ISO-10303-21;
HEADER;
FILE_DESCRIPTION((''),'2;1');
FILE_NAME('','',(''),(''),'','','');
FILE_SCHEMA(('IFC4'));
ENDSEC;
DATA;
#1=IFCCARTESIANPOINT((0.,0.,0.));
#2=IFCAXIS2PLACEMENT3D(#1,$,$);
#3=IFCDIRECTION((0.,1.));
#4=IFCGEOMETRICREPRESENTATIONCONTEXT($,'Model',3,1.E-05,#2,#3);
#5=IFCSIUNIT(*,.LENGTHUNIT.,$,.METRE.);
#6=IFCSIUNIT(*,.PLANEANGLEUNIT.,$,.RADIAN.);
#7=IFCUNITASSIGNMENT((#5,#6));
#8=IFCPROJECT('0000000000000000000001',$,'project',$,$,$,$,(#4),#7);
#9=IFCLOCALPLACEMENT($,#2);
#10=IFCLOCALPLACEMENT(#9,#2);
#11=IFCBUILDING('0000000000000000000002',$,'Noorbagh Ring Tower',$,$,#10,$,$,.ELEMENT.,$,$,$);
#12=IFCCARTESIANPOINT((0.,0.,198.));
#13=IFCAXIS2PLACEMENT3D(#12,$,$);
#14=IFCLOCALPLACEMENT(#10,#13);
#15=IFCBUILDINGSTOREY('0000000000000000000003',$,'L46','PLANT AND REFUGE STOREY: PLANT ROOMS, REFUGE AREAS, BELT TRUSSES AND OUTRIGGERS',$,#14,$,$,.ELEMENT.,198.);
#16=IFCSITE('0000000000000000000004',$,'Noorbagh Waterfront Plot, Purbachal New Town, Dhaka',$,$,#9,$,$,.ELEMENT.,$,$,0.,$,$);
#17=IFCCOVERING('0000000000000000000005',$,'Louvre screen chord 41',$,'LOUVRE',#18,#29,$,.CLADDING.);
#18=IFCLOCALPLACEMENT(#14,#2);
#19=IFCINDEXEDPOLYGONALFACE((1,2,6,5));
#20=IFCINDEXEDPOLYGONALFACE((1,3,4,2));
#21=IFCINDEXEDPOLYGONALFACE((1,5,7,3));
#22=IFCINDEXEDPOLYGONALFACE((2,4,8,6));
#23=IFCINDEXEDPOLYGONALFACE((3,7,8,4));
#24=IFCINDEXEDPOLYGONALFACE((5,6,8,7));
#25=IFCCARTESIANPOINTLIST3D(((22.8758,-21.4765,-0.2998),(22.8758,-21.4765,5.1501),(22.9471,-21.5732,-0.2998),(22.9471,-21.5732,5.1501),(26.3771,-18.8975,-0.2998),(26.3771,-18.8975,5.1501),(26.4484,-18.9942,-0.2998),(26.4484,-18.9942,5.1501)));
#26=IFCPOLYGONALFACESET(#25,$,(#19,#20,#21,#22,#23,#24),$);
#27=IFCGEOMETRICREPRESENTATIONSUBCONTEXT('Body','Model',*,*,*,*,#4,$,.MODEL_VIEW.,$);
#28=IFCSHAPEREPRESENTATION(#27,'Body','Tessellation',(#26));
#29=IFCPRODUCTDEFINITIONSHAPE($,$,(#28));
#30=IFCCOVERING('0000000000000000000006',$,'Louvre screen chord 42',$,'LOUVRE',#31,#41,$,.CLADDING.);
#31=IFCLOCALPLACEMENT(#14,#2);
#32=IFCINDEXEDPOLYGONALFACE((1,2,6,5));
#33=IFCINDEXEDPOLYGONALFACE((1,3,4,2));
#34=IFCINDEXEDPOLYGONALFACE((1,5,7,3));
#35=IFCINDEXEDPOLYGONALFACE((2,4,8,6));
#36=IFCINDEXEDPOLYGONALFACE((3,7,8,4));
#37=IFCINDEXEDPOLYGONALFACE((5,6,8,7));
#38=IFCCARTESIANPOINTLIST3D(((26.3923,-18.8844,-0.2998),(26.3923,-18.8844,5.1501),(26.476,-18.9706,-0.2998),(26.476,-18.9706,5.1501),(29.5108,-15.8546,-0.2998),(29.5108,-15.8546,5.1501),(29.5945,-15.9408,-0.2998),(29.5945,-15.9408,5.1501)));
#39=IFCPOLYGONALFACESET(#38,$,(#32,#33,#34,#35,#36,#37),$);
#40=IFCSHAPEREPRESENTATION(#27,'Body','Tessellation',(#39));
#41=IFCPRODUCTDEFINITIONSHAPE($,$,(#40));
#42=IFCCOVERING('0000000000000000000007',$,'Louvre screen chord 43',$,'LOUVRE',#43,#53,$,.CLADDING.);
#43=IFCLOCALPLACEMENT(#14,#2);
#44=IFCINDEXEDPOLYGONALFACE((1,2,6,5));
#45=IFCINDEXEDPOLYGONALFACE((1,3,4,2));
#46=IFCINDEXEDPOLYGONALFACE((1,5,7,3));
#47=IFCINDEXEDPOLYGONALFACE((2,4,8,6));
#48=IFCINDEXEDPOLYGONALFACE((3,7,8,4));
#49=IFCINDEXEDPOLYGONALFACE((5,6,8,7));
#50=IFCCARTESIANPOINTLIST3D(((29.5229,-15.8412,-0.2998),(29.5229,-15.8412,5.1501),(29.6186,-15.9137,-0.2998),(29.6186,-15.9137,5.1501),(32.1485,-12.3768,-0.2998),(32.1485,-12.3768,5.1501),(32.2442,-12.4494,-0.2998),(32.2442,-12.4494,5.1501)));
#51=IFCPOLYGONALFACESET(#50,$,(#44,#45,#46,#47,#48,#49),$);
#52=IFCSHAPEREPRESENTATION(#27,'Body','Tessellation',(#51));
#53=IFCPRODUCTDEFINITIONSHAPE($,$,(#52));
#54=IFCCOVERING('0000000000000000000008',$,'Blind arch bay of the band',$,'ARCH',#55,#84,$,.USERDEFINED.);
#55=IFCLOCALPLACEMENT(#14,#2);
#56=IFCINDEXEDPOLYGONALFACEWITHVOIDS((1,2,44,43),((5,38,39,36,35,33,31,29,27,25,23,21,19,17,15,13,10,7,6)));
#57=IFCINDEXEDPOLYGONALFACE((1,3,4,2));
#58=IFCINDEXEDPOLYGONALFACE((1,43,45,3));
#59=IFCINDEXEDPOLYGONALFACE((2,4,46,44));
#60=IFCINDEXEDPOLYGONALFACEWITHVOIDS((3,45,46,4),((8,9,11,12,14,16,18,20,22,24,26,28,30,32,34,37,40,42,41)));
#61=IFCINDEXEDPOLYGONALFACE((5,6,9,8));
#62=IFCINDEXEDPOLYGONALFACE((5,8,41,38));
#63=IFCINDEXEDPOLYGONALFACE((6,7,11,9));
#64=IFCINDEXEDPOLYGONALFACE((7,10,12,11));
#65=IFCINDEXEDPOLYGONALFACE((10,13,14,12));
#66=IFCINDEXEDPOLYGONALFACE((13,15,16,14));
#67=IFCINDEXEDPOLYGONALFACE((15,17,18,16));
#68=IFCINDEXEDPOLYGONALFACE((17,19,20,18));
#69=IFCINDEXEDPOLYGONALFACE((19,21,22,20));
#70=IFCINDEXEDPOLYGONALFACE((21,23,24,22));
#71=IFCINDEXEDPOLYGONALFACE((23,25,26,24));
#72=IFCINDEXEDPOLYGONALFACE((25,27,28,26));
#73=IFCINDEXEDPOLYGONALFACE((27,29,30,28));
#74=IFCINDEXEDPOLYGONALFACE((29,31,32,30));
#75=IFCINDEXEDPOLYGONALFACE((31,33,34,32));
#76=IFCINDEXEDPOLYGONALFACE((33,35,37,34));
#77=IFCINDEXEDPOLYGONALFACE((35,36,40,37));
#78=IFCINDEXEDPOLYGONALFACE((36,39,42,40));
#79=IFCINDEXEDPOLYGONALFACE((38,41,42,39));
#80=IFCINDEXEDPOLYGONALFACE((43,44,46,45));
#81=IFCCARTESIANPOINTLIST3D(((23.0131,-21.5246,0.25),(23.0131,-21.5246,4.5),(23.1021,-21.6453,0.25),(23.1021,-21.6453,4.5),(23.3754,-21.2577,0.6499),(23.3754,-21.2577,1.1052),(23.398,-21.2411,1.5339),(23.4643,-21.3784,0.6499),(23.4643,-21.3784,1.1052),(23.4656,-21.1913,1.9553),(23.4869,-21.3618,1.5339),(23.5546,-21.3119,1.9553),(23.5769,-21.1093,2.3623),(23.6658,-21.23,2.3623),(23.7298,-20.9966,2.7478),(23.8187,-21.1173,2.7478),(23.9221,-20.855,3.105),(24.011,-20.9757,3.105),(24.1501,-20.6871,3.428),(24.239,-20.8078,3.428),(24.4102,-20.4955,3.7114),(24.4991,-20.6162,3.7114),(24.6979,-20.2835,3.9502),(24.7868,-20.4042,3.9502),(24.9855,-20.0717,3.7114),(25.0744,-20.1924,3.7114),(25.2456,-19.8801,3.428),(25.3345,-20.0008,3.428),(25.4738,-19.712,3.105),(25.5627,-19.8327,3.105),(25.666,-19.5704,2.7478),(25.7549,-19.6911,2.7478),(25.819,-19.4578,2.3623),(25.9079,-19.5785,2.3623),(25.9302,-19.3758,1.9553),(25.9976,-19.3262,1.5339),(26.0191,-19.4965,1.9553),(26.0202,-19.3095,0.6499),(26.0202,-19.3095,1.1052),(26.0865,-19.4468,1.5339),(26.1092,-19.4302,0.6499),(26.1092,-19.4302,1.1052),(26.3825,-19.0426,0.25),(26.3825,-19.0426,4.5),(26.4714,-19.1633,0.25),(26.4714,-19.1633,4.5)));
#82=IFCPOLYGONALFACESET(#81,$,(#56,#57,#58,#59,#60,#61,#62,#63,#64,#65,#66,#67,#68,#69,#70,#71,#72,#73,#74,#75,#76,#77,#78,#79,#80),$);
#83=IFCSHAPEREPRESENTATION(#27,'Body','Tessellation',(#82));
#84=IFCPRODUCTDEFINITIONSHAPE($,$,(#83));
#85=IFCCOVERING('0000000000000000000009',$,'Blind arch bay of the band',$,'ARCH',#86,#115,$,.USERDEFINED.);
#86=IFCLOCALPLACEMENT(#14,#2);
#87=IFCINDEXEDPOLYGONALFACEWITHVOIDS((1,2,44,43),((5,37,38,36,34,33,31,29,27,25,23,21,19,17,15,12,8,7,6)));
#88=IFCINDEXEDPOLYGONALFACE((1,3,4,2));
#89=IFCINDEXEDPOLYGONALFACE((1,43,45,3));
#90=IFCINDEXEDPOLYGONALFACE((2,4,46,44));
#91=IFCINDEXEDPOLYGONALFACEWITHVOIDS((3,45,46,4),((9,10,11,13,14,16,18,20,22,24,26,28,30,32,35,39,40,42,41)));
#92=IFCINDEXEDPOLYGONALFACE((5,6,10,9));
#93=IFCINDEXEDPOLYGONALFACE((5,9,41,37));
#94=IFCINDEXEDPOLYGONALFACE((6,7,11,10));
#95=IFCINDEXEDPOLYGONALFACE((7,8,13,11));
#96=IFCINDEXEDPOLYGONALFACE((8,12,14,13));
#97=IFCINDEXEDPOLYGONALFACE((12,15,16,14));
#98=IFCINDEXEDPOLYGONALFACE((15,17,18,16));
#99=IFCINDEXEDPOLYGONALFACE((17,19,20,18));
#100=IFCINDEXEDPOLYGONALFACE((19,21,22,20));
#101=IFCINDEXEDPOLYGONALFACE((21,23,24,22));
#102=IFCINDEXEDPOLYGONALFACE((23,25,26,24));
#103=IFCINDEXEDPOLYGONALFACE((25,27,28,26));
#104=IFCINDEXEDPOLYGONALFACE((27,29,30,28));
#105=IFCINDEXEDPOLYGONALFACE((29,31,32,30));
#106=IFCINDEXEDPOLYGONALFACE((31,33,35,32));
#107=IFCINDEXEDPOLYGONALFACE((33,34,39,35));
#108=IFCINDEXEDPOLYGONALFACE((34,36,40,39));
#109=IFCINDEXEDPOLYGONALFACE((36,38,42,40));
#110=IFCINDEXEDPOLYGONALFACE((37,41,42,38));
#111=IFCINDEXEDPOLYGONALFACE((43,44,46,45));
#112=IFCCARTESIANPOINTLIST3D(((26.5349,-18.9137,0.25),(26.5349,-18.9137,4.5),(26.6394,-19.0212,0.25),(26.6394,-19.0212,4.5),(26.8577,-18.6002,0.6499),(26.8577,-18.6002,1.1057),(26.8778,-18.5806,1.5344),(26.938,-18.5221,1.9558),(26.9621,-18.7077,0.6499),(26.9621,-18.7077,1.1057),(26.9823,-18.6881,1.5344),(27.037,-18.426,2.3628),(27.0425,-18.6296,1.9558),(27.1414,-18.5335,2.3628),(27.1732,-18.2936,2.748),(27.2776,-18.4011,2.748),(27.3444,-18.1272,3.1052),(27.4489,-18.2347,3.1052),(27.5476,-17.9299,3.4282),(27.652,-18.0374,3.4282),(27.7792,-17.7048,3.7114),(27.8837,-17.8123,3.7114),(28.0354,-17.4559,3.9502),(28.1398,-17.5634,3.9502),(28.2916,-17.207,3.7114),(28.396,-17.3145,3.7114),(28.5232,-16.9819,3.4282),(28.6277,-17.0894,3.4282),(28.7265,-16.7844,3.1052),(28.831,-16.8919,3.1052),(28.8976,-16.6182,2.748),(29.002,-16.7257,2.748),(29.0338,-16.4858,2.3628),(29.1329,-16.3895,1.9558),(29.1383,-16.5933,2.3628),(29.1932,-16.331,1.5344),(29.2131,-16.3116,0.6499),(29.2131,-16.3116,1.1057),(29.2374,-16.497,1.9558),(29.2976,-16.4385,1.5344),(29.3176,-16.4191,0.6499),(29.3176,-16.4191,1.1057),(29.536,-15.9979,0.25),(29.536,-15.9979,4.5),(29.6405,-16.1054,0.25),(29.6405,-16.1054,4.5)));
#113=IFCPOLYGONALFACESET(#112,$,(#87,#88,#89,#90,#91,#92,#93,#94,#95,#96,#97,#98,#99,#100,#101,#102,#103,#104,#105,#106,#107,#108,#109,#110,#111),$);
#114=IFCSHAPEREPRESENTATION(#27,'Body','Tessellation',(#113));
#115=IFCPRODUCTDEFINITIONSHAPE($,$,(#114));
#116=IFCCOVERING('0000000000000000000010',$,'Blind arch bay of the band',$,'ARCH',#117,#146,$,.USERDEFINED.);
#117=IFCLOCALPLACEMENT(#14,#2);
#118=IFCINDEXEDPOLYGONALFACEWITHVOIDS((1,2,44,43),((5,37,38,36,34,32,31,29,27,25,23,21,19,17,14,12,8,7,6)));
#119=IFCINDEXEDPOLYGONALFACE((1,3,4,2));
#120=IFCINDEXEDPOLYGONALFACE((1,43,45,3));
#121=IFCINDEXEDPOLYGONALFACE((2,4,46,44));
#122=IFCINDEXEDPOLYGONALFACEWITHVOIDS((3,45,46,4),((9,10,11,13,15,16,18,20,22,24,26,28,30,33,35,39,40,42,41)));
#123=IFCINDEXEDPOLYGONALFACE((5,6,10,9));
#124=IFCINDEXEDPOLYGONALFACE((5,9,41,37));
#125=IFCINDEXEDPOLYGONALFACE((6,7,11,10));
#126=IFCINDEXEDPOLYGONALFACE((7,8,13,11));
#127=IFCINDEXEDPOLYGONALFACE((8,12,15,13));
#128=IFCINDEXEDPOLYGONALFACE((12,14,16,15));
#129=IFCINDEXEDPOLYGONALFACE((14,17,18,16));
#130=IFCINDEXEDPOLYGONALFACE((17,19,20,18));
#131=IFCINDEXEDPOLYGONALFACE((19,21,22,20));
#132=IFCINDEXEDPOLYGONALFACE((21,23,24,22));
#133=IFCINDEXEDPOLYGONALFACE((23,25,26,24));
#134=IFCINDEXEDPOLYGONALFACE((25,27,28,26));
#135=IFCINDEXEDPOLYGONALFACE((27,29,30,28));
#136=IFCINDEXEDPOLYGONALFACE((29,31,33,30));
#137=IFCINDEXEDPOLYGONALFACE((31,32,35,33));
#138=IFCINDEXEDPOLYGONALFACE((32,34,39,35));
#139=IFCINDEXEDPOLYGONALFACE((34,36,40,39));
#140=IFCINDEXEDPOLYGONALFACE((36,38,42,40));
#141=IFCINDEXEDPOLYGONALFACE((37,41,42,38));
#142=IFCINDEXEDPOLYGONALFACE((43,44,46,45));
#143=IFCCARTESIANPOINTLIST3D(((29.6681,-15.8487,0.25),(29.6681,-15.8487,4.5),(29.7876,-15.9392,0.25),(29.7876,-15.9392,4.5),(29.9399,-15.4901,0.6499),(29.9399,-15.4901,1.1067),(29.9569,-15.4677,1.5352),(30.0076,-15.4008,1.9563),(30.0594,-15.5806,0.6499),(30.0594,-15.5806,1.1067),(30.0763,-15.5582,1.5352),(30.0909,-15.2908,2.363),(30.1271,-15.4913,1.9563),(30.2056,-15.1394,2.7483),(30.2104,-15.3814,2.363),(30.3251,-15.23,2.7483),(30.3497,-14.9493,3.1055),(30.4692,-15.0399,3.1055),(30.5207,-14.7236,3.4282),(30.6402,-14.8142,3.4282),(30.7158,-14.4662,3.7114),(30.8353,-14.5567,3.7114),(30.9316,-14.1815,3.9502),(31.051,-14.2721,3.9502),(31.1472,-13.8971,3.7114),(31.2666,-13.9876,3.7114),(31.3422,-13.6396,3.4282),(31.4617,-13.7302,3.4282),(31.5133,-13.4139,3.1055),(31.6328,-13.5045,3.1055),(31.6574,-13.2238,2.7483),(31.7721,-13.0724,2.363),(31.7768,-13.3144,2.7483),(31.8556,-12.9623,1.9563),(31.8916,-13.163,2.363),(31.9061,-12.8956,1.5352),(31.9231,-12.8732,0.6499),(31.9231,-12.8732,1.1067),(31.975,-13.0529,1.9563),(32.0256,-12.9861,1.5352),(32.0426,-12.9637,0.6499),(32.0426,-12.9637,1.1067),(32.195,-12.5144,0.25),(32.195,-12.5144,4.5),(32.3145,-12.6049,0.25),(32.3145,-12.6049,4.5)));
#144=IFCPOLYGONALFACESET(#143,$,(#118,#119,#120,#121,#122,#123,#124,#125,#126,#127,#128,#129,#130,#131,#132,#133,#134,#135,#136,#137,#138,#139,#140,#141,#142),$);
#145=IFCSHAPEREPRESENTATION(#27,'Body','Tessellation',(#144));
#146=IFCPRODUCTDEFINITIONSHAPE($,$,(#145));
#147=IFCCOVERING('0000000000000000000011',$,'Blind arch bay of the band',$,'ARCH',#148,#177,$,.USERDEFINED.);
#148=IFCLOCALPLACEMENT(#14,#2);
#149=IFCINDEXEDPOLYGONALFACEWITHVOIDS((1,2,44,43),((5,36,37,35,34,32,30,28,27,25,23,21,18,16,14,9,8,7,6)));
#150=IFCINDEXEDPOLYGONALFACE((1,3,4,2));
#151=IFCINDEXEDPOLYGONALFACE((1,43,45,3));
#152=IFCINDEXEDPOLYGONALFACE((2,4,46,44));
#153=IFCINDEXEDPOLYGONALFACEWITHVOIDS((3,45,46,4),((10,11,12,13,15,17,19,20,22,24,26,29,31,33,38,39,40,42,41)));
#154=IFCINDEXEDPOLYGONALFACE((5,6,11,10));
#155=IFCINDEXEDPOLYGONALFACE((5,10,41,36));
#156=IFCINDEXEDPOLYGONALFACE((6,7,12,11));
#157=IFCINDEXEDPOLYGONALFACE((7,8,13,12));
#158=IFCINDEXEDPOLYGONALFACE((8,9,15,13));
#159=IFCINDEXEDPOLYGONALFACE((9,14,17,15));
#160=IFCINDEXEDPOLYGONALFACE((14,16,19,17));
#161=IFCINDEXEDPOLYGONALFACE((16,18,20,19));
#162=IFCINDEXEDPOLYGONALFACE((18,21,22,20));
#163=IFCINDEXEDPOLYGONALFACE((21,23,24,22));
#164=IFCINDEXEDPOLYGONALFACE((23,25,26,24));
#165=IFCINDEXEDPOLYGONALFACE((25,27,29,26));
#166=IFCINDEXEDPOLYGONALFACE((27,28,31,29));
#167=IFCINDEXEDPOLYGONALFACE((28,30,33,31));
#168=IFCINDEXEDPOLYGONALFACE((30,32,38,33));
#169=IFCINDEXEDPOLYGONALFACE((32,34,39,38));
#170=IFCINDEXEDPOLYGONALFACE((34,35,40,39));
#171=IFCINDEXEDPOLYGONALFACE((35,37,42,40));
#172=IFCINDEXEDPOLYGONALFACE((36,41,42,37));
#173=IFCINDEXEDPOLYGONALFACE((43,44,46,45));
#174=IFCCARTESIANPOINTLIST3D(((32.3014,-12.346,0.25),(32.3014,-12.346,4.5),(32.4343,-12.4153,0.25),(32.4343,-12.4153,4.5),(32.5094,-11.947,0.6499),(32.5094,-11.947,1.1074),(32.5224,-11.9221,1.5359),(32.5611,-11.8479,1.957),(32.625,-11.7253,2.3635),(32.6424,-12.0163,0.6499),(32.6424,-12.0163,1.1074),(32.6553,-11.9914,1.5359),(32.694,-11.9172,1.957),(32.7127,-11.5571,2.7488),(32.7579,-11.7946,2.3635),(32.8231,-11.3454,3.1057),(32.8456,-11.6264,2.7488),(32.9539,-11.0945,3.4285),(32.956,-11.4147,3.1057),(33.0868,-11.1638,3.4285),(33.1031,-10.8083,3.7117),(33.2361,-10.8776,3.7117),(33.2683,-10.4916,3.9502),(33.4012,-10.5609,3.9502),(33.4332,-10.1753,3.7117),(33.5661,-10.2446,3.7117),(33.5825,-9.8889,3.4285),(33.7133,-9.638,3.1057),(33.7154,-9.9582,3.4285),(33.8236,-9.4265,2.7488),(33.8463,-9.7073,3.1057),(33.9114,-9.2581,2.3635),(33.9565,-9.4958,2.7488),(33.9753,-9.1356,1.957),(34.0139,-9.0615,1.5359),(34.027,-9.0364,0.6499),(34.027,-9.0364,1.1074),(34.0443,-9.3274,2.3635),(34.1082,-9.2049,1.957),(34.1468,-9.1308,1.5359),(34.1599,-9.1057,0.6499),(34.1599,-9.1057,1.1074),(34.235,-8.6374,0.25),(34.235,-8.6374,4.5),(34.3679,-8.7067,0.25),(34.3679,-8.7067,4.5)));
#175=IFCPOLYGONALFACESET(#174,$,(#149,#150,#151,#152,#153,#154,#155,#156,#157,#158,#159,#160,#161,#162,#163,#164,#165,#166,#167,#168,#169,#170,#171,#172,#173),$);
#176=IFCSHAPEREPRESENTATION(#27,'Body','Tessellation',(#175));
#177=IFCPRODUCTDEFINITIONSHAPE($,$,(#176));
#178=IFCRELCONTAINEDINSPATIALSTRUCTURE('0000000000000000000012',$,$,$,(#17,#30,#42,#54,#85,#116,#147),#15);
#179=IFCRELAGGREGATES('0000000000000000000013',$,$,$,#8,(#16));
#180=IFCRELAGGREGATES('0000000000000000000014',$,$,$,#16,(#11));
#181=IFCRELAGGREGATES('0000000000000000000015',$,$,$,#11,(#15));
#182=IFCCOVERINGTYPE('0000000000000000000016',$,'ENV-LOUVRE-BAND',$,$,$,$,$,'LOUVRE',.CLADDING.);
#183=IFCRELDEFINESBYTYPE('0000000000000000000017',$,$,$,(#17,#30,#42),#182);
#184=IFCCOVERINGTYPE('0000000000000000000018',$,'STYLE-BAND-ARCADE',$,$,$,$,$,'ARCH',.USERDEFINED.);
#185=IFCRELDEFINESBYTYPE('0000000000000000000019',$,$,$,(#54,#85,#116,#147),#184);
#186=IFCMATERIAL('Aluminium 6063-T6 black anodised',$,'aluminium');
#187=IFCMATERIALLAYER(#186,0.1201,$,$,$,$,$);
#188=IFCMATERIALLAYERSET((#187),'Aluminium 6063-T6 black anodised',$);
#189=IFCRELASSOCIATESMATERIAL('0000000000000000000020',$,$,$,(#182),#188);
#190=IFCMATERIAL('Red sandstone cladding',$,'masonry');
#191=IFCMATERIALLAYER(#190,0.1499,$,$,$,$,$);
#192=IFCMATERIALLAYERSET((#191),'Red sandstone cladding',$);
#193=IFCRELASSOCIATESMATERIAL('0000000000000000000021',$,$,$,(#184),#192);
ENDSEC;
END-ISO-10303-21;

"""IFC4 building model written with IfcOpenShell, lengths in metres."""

from ifc_helpers import new_model, si_unit, direction, frame, origin, origin_2d, place, context, subcontext, project, spatial, polyline, rectangle, outline, extrude, material, layer, layer_set, type_object, element, save


model = new_model("IFC4")

# Units and contexts
model_context = context("Model", 3, precision=1e-05, world=origin(), true_north=direction((0.0, 1.0)))
body_context = subcontext(model_context, "Body", "Model", "MODEL_VIEW")
ifc_project = project(units=[si_unit("LENGTHUNIT", "METRE"), si_unit("PLANEANGLEUNIT", "RADIAN")], contexts=[model_context])

# Site, building, storey
site_placement = place(None, origin())
site = spatial("IfcSite", under=ifc_project, at=site_placement, Name="Noorbagh Waterfront Plot, Purbachal New Town, Dhaka", CompositionType="ELEMENT", RefElevation=0.0)
building_placement = place(site_placement, origin())
building = spatial("IfcBuilding", under=site, at=building_placement, Name="Noorbagh Ring Tower", CompositionType="ELEMENT")
storey_placement = place(building_placement, frame((0.0, 0.0, 198.0)))
storey = spatial("IfcBuildingStorey", under=building, at=storey_placement, Name="L46", Description="PLANT AND REFUGE STOREY: PLANT ROOMS, REFUGE AREAS, BELT TRUSSES AND OUTRIGGERS", CompositionType="ELEMENT", Elevation=198.0)

# Coverings
ifc_material_1 = material(Name="Aluminium 6063-T6 black anodised", Category="aluminium")
ifc_layer_1 = layer(ifc_material_1, 0.1201)
ifc_layer_set_1 = layer_set([ifc_layer_1], Name="Aluminium 6063-T6 black anodised")
covering_type_1 = type_object("IfcCoveringType", Name="ENV-LOUVRE-BAND", ElementType="LOUVRE", PredefinedType="CLADDING", material=ifc_layer_set_1)
covering_1_placement = place(storey_placement, frame((24.6621, -20.2354, -0.2998), z_axis=(0.0, 0.0, 1.0), x_axis=(0.805153, 0.593067, 0.0)))
element("IfcCovering", 1, at=covering_1_placement, inside=storey, type_object=covering_type_1, Name="Louvre screen chord 41", ObjectType="LOUVRE", PredefinedType="CLADDING", context=body_context, shape_type="SweptSolid", body=[
    extrude(rectangle(XDim=4.3486, YDim=0.1201, at=origin_2d()), origin(), (0.0, 0.0, 1.0), 5.45),
])
covering_2_placement = place(storey_placement, frame((27.9934, -17.4126, -0.2998), z_axis=(0.0, 0.0, 1.0), x_axis=(0.717225, 0.696842, 0.0)))
element("IfcCovering", 2, at=covering_2_placement, inside=storey, type_object=covering_type_1, Name="Louvre screen chord 42", ObjectType="LOUVRE", PredefinedType="CLADDING", context=body_context, shape_type="SweptSolid", body=[
    extrude(rectangle(XDim=4.3479, YDim=0.1201, at=origin_2d()), origin(), (0.0, 0.0, 1.0), 5.45),
])
covering_3_placement = place(storey_placement, frame((30.8835, -14.1453, -0.2998), z_axis=(0.0, 0.0, 1.0), x_axis=(0.60402, 0.796969, 0.0)))
element("IfcCovering", 3, at=covering_3_placement, inside=storey, type_object=covering_type_1, Name="Louvre screen chord 43", ObjectType="LOUVRE", PredefinedType="CLADDING", context=body_context, shape_type="SweptSolid", body=[
    extrude(rectangle(XDim=4.3469, YDim=0.1201, at=origin_2d()), origin(), (0.0, 0.0, 1.0), 5.45),
])
ifc_material_2 = material(Name="Red sandstone cladding", Category="masonry")
ifc_layer_2 = layer(ifc_material_2, 0.1499)
ifc_layer_set_2 = layer_set([ifc_layer_2], Name="Red sandstone cladding")
covering_type_2 = type_object("IfcCoveringType", Name="STYLE-BAND-ARCADE", ElementType="ARCH", PredefinedType="USERDEFINED", material=ifc_layer_set_2)
covering_4_placement = place(storey_placement, frame((23.1021, -21.6453, 0.25), z_axis=(0.59308, -0.805144, 0.0), x_axis=(0.805144, 0.59308, 0.0)))
element("IfcCovering", 4, at=covering_4_placement, inside=storey, type_object=covering_type_2, Name="Blind arch bay of the band", ObjectType="ARCH", PredefinedType="USERDEFINED", context=body_context, shape_type="SweptSolid", body=[
    extrude(outline(polyline([(0.0, 0.0), (4.1848, 0.0), (4.1848, 4.25), (0.0, 4.25), (0.0, 0.0)]), holes=[polyline([(0.45, 0.3999), (0.45, 0.8552), (0.478, 1.2839), (0.562, 1.7053), (0.7002, 2.1123), (0.8901, 2.4978), (1.1289, 2.855), (1.4121, 3.178), (1.7351, 3.4614), (2.0925, 3.7002), (2.4497, 3.4614), (2.7727, 3.178), (3.0562, 2.855), (3.2949, 2.4978), (3.4849, 2.1123), (3.623, 1.7053), (3.7068, 1.2839), (3.7349, 0.8552), (3.7349, 0.3999), (0.45, 0.3999)])]), origin(), (0.0, 0.0, -1.0), 0.1499),
])
covering_5_placement = place(storey_placement, frame((26.6394, -19.0212, 0.25), z_axis=(0.696852, -0.717215, 0.0), x_axis=(0.717215, 0.696852, 0.0)))
element("IfcCovering", 5, at=covering_5_placement, inside=storey, type_object=covering_type_2, Name="Blind arch bay of the band", ObjectType="ARCH", PredefinedType="USERDEFINED", context=body_context, shape_type="SweptSolid", body=[
    extrude(outline(polyline([(0.0, 0.0), (4.1843, 0.0), (4.1843, 4.25), (0.0, 4.25), (0.0, 0.0)]), holes=[polyline([(0.45, 0.3999), (0.45, 0.8557), (0.478, 1.2844), (0.562, 1.7058), (0.7, 2.1128), (0.8899, 2.498), (1.1287, 2.8552), (1.4119, 3.1782), (1.7349, 3.4614), (2.092, 3.7002), (2.4492, 3.4614), (2.7722, 3.1782), (3.0557, 2.8552), (3.2942, 2.498), (3.4841, 2.1128), (3.6223, 1.7058), (3.7063, 1.2844), (3.7341, 0.8557), (3.7341, 0.3999), (0.45, 0.3999)])]), origin(), (0.0, 0.0, -1.0), 0.1499),
])
covering_6_placement = place(storey_placement, frame((29.7876, -15.9392, 0.25), z_axis=(0.796986, -0.603998, 0.0), x_axis=(0.603998, 0.796986, 0.0)))
element("IfcCovering", 6, at=covering_6_placement, inside=storey, type_object=covering_type_2, Name="Blind arch bay of the band", ObjectType="ARCH", PredefinedType="USERDEFINED", context=body_context, shape_type="SweptSolid", body=[
    extrude(outline(polyline([(0.0, 0.0), (4.1836, 0.0), (4.1836, 4.25), (0.0, 4.25), (0.0, 0.0)]), holes=[polyline([(0.45, 0.3999), (0.45, 0.8567), (0.478, 1.2852), (0.562, 1.7063), (0.7, 2.113), (0.8899, 2.4983), (1.1284, 2.8555), (1.4116, 3.1782), (1.7346, 3.4614), (2.0918, 3.7002), (2.4487, 3.4614), (2.7717, 3.1782), (3.0549, 2.8555), (3.2935, 2.4983), (3.4834, 2.113), (3.6216, 1.7063), (3.7053, 1.2852), (3.7334, 0.8567), (3.7334, 0.3999), (0.45, 0.3999)])]), origin(), (0.0, 0.0, -1.0), 0.1499),
])
covering_7_placement = place(storey_placement, frame((32.4343, -12.4153, 0.25), z_axis=(0.88671, -0.462327, 0.0), x_axis=(0.462327, 0.88671, 0.0)))
element("IfcCovering", 7, at=covering_7_placement, inside=storey, type_object=covering_type_2, Name="Blind arch bay of the band", ObjectType="ARCH", PredefinedType="USERDEFINED", context=body_context, shape_type="SweptSolid", body=[
    extrude(outline(polyline([(0.0, 0.0), (4.1824, 0.0), (4.1824, 4.25), (0.0, 4.25), (0.0, 0.0)]), holes=[polyline([(0.45, 0.3999), (0.45, 0.8574), (0.478, 1.2859), (0.5618, 1.707), (0.7, 2.1135), (0.8896, 2.4988), (1.1284, 2.8557), (1.4114, 3.1785), (1.7341, 3.4617), (2.0913, 3.7002), (2.448, 3.4617), (2.771, 3.1785), (3.054, 2.8557), (3.2925, 2.4988), (3.4824, 2.1135), (3.6206, 1.707), (3.7041, 1.2859), (3.7324, 0.8574), (3.7324, 0.3999), (0.45, 0.3999)])]), origin(), (0.0, 0.0, -1.0), 0.1499),
])

save(model, "model.ifc")
